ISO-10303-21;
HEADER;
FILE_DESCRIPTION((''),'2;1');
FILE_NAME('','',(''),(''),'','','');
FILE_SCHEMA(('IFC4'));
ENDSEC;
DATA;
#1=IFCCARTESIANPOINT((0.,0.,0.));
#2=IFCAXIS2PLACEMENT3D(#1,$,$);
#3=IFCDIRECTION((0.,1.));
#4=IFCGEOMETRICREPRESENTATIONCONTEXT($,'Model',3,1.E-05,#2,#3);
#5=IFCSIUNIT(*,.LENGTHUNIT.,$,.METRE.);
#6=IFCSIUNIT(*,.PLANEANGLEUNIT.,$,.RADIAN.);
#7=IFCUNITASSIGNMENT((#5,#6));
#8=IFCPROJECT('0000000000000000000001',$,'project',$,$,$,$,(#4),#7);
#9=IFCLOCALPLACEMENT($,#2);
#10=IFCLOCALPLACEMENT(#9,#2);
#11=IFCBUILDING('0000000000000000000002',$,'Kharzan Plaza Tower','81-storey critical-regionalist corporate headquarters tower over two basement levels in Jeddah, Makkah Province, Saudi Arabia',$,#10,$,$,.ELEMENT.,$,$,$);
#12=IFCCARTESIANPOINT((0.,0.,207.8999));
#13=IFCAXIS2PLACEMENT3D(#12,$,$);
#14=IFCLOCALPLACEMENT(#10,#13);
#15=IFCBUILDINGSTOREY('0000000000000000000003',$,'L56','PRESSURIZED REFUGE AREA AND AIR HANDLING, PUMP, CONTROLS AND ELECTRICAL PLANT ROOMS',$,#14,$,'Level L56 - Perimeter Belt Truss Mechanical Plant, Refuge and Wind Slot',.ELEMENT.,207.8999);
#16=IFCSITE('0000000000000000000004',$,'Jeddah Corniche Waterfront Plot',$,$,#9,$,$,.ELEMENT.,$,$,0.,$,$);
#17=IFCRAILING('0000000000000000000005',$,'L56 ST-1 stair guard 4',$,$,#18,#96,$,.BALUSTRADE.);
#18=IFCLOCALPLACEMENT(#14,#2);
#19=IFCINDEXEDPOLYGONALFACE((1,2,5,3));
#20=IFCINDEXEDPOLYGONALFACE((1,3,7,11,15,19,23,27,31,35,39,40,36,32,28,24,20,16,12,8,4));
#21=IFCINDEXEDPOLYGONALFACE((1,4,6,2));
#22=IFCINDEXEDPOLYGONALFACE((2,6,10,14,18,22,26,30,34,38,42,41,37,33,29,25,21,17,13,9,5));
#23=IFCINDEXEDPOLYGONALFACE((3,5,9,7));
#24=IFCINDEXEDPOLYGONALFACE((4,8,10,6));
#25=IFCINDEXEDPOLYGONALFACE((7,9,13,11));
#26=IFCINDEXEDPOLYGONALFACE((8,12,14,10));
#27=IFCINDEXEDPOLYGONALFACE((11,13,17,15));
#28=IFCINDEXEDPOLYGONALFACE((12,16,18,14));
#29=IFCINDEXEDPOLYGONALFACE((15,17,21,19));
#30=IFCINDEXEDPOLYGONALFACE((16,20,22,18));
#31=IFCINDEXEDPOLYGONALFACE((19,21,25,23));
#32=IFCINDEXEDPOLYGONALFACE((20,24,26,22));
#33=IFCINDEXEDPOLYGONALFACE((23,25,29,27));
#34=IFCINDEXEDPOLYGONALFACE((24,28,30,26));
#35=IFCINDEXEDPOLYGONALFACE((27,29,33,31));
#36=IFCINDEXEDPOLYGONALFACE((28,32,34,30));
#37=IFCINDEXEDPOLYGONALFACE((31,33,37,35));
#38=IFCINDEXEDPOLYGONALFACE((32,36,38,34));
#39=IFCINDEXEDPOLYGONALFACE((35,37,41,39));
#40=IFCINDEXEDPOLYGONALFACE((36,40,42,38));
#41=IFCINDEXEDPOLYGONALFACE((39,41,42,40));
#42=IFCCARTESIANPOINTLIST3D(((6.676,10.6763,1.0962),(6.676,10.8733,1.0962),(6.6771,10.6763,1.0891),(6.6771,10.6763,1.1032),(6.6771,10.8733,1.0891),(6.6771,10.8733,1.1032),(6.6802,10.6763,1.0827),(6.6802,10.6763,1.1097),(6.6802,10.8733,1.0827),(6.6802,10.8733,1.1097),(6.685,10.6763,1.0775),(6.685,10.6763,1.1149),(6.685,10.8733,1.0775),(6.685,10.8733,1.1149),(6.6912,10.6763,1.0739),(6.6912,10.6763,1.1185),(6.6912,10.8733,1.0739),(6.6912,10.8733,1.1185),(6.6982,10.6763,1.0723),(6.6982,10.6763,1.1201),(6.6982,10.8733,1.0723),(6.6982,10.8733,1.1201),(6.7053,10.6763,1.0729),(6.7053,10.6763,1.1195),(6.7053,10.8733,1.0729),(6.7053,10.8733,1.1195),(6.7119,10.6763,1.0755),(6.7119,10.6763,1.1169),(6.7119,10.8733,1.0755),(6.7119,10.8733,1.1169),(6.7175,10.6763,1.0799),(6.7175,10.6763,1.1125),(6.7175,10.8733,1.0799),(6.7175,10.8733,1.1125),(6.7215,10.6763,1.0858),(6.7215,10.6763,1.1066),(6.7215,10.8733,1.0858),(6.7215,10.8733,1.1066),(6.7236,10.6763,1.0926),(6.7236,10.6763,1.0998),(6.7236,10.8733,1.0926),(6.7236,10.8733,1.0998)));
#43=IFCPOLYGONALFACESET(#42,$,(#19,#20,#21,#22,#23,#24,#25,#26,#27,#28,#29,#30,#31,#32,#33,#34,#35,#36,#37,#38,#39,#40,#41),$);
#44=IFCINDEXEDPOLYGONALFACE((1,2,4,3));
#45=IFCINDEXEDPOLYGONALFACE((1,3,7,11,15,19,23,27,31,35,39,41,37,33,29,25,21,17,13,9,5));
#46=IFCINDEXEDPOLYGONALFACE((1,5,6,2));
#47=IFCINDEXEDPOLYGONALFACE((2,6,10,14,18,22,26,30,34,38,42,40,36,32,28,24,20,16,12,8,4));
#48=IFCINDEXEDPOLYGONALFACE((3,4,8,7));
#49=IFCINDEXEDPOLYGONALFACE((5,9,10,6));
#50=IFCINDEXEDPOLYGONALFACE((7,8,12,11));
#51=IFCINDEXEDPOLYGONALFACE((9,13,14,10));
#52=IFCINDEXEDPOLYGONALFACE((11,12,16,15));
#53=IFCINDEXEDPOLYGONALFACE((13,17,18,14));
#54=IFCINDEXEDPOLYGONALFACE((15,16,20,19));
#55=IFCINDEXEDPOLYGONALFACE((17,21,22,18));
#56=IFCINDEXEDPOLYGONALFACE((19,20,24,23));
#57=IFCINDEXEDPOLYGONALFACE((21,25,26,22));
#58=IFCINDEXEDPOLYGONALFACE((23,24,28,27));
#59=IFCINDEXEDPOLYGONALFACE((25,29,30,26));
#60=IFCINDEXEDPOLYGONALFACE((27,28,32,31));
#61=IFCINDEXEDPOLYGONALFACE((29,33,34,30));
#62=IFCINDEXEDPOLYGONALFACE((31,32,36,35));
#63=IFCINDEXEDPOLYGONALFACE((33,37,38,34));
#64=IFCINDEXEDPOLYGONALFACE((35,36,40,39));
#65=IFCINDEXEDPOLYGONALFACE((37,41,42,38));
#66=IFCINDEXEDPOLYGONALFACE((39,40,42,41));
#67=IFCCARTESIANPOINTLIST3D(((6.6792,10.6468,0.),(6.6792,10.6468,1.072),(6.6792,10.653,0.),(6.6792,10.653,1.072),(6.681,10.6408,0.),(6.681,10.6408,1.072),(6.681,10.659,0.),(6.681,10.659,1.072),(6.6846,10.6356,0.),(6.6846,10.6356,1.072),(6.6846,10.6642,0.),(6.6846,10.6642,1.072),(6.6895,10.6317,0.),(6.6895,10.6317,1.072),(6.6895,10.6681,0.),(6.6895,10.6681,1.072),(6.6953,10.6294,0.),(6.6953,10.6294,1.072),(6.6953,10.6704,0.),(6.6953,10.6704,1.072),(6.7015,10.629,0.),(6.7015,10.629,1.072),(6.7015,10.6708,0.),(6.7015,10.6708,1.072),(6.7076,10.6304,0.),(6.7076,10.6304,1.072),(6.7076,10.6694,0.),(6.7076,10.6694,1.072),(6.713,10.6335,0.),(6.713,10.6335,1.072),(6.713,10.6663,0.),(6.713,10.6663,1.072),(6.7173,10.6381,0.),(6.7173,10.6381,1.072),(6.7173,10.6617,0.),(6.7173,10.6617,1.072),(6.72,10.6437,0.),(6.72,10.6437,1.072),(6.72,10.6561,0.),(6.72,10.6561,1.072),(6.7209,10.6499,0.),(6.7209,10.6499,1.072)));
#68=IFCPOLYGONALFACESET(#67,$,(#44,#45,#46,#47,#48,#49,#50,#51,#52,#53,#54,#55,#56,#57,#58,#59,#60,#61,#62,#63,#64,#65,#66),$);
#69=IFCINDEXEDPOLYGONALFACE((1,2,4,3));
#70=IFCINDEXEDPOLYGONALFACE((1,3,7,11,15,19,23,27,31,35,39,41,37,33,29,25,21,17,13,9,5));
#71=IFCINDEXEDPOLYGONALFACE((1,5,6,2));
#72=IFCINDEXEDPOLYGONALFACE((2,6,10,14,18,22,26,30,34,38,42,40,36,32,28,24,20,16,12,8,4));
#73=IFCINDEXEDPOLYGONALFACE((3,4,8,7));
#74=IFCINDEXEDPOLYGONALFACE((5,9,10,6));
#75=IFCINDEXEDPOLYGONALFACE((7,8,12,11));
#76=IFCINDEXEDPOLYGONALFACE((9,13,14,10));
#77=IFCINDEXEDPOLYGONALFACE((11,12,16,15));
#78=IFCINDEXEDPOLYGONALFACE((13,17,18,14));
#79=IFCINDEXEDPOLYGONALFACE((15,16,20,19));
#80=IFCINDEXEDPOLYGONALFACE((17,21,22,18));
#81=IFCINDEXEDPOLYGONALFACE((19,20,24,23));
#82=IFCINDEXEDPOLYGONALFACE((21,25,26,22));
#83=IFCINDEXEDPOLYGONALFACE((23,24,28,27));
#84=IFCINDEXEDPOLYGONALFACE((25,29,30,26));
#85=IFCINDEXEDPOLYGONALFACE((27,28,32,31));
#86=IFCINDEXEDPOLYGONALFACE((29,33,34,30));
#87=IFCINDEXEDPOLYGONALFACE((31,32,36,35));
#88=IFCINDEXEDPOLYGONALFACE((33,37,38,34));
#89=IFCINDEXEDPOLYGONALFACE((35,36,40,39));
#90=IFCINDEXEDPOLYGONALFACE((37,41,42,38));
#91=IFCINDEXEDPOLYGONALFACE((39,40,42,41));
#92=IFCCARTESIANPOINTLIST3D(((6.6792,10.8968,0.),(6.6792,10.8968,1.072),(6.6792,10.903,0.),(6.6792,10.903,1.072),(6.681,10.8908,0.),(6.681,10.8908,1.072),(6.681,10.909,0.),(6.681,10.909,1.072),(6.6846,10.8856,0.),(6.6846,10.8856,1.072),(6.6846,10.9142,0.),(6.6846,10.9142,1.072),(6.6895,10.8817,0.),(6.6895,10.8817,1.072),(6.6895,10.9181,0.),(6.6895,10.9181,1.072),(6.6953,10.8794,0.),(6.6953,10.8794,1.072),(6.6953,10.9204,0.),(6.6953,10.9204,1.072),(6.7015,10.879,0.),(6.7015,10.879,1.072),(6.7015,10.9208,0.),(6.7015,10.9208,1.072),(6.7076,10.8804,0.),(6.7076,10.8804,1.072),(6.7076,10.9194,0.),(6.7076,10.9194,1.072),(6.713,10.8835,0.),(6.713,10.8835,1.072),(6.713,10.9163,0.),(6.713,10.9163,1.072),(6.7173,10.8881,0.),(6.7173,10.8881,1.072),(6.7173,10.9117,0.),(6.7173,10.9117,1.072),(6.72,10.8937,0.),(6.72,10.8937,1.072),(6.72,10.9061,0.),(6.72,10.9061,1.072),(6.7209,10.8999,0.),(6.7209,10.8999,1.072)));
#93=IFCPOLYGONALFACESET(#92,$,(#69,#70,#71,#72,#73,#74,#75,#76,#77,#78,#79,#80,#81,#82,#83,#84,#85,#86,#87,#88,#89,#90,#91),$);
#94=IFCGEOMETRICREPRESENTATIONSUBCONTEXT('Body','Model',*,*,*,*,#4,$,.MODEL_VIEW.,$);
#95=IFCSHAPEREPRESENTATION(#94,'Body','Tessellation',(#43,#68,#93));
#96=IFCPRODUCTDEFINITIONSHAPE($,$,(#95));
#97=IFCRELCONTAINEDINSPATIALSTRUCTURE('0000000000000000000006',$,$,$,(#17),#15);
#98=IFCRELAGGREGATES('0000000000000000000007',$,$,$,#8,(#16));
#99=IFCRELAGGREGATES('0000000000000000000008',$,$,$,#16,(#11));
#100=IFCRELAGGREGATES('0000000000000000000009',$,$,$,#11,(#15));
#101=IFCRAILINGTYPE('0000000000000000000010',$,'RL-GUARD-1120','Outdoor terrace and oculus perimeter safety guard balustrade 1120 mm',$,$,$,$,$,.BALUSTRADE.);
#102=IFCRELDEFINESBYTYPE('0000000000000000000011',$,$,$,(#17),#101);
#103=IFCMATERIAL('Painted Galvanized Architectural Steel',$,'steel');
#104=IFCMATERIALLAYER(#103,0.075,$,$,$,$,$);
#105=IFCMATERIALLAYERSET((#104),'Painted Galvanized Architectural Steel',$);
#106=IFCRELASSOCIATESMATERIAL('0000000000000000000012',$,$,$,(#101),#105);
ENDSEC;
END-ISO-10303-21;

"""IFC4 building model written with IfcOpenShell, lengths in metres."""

from ifc_helpers import new_model, si_unit, direction, frame, origin, origin_2d, place, context, subcontext, project, spatial, circle, extrude, source, transform, mapped, material, layer, layer_set, type_object, element, save


model = new_model("IFC4")

# Units and contexts
model_context = context("Model", 3, precision=1e-05, world=origin(), true_north=direction((0.0, 1.0)))
body_context = subcontext(model_context, "Body", "Model", "MODEL_VIEW")
ifc_project = project(units=[si_unit("LENGTHUNIT", "METRE"), si_unit("PLANEANGLEUNIT", "RADIAN")], contexts=[model_context])

# Site, building, storey
site_placement = place(None, origin())
site = spatial("IfcSite", under=ifc_project, at=site_placement, Name="Jeddah Corniche Waterfront Plot", CompositionType="ELEMENT", RefElevation=0.0)
building_placement = place(site_placement, origin())
building = spatial("IfcBuilding", under=site, at=building_placement, Name="Kharzan Plaza Tower", Description="81-storey critical-regionalist corporate headquarters tower over two basement levels in Jeddah, Makkah Province, Saudi Arabia", CompositionType="ELEMENT")
storey_placement = place(building_placement, frame((0.0, 0.0, 207.8999)))
storey = spatial("IfcBuildingStorey", under=building, at=storey_placement, Name="L56", Description="PRESSURIZED REFUGE AREA AND AIR HANDLING, PUMP, CONTROLS AND ELECTRICAL PLANT ROOMS", LongName="Level L56 - Perimeter Belt Truss Mechanical Plant, Refuge and Wind Slot", CompositionType="ELEMENT", Elevation=207.8999)

# Railing
ifc_material_1 = material(Name="Painted Galvanized Architectural Steel", Category="steel")
ifc_layer_1 = layer(ifc_material_1, 0.075)
ifc_layer_set_1 = layer_set([ifc_layer_1], Name="Painted Galvanized Architectural Steel")
railing_type_1 = type_object("IfcRailingType", Name="RL-GUARD-1120", Description="Outdoor terrace and oculus perimeter safety guard balustrade 1120 mm", PredefinedType="BALUSTRADE", material=ifc_layer_set_1)
shared_shape_1 = source(origin(), body_context, "Body", "SweptSolid", [
    extrude(circle(Radius=0.0239, at=origin_2d()), frame((0.0, 0.0264, 1.0962), z_axis=(0.0, 1.0, 0.0), x_axis=(-1.0, 0.0, 0.0)), (0.0, 0.0, 1.0), 0.197),
    extrude(circle(Radius=0.021, at=origin_2d()), origin(), (0.0, 0.0, 1.0), 1.072),
    extrude(circle(Radius=0.021, at=origin_2d()), frame((0.0, 0.25, 0.0)), (0.0, 0.0, 1.0), 1.072),
])
railing_1_placement = place(storey_placement, frame((6.7, 10.6499, 0.0)))
element("IfcRailing", 1, at=railing_1_placement, inside=storey, type_object=railing_type_1, Name="L56 ST-1 stair guard 4", PredefinedType="BALUSTRADE", context=body_context, shape_type="MappedRepresentation", body=[
    mapped(shared_shape_1, transform((0.0, 0.0, 0.0), x_axis=(1.0, 0.0, 0.0), y_axis=(0.0, 1.0, 0.0), z_axis=(0.0, 0.0, 1.0))),
])

save(model, "model.ifc")
